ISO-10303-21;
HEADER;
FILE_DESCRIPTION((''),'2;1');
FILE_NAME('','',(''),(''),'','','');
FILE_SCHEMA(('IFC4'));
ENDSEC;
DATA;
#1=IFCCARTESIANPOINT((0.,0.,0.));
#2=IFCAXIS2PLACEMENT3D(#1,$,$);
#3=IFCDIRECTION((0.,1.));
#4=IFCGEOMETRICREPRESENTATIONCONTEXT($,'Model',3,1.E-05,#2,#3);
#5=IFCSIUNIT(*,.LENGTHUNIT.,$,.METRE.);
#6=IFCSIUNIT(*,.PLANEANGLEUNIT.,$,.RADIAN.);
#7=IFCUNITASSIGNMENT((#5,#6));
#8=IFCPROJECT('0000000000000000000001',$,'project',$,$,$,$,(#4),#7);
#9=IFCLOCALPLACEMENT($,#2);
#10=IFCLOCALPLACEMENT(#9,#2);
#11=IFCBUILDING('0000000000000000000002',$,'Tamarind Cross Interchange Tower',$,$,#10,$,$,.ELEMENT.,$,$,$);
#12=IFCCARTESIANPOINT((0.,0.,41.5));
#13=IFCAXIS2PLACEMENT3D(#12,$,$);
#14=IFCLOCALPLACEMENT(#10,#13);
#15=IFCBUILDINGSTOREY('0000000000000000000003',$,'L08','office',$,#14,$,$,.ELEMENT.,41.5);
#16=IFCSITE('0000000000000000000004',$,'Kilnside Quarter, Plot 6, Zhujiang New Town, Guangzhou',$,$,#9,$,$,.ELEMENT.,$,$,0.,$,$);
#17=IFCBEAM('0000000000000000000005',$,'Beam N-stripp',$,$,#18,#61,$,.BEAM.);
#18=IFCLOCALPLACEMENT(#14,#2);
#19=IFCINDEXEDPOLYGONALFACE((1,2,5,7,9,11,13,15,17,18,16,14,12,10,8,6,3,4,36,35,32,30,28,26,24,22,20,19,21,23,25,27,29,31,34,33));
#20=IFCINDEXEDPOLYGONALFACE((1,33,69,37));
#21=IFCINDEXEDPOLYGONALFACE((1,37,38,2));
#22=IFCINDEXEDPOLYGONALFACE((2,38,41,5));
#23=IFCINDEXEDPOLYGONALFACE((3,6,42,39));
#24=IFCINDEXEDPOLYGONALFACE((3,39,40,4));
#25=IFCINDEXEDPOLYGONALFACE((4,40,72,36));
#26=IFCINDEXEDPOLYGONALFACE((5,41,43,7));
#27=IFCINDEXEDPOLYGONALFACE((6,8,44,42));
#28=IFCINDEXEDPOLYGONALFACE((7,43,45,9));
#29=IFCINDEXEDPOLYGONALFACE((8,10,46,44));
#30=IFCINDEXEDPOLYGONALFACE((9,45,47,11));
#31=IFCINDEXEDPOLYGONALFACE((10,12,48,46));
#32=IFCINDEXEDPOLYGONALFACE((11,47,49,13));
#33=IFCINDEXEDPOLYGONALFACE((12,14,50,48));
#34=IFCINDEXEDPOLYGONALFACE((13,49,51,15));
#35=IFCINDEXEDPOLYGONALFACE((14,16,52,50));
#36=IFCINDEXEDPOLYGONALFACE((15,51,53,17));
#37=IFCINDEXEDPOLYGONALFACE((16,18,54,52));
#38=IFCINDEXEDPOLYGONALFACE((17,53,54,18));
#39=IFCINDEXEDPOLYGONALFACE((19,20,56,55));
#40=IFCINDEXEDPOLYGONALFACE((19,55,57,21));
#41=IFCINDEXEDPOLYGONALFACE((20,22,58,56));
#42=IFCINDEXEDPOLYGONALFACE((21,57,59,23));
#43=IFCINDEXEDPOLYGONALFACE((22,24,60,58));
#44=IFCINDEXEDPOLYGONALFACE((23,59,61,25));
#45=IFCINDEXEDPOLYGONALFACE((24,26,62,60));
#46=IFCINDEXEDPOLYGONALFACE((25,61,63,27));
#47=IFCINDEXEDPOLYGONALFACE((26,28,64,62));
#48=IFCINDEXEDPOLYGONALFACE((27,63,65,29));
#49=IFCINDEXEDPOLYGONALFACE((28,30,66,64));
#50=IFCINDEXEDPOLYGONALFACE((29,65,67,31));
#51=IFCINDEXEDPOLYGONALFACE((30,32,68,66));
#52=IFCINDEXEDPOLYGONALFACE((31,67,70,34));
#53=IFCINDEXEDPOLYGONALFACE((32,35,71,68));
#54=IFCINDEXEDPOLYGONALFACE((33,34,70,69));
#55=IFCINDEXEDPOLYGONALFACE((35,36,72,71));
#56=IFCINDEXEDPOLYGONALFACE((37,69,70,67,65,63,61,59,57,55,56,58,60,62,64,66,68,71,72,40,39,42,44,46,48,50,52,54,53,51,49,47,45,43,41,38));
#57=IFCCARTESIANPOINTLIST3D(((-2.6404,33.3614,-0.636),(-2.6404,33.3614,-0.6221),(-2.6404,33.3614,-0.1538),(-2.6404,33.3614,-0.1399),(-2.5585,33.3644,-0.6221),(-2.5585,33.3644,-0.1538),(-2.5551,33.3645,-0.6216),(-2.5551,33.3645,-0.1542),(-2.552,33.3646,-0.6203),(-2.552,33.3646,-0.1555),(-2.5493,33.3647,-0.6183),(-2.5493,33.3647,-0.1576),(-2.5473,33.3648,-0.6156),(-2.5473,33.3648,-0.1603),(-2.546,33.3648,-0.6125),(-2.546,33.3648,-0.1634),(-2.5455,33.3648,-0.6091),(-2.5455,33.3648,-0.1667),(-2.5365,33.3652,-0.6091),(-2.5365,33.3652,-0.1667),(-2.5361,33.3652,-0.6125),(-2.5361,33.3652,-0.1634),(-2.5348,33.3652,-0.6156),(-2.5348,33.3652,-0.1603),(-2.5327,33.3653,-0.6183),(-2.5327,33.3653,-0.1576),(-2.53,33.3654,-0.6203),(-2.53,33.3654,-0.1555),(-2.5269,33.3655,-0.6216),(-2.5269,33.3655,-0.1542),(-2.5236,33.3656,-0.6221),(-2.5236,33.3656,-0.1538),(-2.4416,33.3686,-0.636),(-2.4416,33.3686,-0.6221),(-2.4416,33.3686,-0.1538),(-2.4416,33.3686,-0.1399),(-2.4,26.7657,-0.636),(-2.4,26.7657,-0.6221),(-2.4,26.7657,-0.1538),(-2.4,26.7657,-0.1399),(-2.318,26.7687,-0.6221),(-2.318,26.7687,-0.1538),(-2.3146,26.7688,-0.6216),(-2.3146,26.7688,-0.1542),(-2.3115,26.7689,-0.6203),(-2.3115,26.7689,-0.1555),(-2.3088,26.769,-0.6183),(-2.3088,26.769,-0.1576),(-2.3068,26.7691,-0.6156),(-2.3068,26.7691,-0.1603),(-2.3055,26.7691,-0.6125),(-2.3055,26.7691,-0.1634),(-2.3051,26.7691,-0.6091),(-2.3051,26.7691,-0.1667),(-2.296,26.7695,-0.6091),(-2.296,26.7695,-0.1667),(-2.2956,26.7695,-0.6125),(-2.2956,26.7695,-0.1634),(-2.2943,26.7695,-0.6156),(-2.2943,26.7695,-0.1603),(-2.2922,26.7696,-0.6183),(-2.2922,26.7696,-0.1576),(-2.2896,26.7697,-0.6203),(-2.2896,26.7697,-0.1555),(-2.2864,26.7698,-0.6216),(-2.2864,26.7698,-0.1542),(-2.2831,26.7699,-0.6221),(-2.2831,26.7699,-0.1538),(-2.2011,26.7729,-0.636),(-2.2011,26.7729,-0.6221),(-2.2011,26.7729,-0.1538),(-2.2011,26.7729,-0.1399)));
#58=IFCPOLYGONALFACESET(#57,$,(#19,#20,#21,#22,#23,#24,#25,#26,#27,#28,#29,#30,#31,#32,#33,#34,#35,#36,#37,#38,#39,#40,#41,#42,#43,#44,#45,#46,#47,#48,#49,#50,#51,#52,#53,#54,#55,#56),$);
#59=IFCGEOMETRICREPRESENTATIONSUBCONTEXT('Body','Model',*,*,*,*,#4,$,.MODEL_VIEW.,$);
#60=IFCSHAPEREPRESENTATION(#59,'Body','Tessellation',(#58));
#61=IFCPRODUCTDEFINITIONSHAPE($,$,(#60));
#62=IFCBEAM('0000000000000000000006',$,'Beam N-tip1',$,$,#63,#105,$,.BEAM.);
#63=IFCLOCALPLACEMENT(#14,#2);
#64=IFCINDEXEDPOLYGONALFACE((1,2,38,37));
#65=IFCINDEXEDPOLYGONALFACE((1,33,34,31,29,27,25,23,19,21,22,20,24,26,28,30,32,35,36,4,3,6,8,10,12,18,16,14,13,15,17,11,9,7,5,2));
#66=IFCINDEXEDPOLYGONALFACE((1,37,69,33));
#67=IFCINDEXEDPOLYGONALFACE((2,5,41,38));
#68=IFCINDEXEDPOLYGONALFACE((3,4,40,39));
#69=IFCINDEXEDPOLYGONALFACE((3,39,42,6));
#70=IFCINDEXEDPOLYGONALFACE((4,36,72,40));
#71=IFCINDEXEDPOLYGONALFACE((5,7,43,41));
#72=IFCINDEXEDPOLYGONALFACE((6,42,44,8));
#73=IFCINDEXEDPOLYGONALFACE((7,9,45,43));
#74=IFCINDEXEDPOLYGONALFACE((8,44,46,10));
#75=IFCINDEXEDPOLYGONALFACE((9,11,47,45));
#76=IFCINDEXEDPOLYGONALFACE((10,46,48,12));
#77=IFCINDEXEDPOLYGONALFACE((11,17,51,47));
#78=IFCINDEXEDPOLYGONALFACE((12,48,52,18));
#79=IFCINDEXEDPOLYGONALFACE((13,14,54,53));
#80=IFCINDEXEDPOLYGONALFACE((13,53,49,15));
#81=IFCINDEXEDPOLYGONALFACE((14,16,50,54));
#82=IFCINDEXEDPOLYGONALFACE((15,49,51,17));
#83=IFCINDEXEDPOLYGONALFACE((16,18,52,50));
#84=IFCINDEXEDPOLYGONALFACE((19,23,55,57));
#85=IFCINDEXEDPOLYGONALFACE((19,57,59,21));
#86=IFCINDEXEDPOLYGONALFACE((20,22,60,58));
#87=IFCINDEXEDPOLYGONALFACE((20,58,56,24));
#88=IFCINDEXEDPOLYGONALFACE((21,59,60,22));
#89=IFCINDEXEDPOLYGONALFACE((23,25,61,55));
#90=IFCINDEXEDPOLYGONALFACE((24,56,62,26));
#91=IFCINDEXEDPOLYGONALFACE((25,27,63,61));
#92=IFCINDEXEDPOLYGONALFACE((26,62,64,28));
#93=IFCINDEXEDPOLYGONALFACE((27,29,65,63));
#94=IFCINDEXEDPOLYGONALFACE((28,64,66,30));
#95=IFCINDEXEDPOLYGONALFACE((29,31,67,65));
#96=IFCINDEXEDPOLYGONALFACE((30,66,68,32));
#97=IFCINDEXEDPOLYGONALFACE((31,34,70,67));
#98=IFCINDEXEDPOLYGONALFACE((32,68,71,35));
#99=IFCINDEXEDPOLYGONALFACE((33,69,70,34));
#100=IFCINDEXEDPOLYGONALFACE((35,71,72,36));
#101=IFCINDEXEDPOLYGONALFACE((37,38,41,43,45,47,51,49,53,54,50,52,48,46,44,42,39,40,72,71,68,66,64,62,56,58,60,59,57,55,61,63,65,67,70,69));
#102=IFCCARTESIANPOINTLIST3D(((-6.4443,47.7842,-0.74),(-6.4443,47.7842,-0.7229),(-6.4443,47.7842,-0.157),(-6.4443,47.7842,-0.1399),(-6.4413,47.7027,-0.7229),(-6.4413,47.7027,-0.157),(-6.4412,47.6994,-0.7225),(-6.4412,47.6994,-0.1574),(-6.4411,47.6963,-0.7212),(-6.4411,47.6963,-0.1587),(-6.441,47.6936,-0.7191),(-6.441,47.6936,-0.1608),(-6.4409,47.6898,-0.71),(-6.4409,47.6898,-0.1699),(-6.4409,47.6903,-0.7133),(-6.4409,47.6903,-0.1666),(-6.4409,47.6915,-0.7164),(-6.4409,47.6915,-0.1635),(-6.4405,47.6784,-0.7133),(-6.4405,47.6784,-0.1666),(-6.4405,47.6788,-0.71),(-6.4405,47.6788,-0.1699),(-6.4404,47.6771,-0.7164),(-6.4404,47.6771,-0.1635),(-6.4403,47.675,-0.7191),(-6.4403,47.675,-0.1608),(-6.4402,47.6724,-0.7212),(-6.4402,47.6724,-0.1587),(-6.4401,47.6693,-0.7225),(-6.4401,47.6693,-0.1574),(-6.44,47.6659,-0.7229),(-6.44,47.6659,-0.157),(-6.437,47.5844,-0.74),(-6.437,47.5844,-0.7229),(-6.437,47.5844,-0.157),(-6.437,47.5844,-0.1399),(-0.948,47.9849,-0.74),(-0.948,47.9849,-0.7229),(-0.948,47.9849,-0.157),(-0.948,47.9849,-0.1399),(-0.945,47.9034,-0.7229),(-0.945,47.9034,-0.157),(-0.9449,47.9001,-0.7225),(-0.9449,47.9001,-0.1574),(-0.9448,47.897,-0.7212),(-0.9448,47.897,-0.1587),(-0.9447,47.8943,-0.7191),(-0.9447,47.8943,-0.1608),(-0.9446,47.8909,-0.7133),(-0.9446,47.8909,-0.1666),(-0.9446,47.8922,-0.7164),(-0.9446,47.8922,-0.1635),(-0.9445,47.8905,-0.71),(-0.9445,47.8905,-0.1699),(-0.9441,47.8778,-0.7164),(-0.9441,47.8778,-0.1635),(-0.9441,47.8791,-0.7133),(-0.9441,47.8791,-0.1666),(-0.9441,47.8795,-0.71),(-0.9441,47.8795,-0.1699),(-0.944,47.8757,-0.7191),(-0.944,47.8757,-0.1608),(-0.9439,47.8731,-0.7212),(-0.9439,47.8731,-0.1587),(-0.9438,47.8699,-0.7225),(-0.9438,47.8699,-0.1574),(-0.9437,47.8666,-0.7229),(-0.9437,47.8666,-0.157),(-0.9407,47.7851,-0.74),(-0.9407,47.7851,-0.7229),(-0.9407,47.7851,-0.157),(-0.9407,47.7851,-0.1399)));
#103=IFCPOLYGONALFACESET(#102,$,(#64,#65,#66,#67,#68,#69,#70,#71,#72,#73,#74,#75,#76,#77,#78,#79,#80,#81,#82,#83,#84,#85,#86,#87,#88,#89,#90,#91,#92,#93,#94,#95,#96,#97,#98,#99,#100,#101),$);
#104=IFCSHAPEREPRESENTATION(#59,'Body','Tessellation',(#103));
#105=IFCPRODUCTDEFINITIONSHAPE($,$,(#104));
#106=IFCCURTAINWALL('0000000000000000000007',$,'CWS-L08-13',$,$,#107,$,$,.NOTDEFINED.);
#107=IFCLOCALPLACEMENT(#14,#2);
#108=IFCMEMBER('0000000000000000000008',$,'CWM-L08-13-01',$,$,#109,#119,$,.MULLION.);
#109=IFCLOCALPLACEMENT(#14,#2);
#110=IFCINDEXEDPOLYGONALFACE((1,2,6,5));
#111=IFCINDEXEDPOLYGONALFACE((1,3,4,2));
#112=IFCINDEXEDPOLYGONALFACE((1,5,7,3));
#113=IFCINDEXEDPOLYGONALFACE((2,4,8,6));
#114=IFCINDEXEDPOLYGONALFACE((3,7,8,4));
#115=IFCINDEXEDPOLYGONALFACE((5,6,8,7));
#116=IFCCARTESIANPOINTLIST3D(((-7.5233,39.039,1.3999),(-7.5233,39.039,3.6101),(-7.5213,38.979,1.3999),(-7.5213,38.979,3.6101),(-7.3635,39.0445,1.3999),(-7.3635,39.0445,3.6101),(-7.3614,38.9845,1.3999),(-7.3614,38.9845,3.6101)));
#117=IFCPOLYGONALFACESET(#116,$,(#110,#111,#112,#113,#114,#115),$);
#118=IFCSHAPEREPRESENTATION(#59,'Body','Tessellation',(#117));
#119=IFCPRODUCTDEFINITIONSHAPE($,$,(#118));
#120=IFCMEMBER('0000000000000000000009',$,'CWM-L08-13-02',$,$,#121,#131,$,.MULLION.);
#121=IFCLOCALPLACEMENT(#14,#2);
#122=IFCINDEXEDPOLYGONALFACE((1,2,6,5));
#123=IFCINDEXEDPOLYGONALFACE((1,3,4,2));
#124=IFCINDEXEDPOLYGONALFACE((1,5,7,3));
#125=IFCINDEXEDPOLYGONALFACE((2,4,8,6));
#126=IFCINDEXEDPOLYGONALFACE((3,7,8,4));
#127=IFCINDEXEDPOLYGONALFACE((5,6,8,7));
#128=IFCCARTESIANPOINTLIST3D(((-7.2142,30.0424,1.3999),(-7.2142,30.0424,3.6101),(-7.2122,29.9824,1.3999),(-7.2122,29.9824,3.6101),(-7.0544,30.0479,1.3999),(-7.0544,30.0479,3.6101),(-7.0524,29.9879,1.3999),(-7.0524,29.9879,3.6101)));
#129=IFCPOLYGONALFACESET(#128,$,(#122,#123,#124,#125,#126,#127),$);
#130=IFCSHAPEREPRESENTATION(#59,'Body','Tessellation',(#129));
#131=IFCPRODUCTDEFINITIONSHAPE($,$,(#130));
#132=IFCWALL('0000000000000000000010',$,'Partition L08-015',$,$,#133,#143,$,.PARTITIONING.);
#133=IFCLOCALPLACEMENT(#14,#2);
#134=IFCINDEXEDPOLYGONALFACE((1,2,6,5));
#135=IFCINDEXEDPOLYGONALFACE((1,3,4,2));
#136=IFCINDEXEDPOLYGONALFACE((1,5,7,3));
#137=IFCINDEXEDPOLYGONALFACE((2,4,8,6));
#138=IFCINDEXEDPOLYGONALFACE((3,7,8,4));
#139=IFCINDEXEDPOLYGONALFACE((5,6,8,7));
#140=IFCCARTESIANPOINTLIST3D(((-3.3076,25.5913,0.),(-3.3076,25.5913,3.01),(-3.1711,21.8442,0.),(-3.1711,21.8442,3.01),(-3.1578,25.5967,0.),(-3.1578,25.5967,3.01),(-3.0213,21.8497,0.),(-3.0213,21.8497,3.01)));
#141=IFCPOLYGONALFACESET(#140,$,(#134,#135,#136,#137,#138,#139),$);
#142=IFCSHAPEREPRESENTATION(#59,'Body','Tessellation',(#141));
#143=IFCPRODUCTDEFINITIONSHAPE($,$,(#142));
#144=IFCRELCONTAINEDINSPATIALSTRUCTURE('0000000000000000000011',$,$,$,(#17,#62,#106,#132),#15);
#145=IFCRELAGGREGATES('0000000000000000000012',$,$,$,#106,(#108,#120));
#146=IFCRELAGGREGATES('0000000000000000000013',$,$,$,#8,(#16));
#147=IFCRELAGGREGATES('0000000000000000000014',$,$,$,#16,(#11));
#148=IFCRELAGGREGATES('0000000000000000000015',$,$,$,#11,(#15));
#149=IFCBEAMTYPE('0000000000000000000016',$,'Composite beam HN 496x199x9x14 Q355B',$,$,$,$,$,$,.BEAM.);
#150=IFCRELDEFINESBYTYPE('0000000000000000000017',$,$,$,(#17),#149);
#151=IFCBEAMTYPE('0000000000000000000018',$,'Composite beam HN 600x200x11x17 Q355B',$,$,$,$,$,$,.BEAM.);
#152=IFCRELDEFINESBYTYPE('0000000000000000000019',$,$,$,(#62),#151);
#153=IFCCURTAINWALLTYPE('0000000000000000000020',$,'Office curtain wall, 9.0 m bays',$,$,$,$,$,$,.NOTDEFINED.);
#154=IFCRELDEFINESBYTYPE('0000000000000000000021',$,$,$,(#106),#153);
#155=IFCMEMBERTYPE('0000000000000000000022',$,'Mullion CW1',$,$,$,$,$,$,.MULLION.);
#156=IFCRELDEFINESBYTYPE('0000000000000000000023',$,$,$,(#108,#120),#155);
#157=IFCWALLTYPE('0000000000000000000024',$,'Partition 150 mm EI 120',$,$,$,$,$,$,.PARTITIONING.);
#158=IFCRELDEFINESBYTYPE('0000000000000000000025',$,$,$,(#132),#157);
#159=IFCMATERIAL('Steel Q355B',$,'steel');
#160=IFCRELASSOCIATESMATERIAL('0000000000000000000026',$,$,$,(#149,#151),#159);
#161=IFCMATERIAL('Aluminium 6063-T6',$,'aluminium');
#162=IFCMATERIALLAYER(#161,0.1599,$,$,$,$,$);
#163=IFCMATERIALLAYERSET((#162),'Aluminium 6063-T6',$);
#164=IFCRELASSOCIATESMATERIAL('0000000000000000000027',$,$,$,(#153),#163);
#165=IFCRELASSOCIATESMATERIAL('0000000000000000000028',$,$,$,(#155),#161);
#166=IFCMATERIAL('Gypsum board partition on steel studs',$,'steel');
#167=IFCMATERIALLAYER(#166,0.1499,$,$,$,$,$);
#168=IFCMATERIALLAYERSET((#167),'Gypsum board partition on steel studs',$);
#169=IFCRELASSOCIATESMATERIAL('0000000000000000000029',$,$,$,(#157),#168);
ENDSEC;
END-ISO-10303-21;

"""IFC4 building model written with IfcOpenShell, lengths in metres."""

from ifc_helpers import new_model, si_unit, direction, frame, frame_2d, origin, origin_2d, place, context, subcontext, project, spatial, rectangle, i_section, extrude, material, layer, layer_set, material_profile, profile_set, type_object, element, aggregate, save


model = new_model("IFC4")

# Units and contexts
model_context = context("Model", 3, precision=1e-05, world=origin(), true_north=direction((0.0, 1.0)))
body_context = subcontext(model_context, "Body", "Model", "MODEL_VIEW")
ifc_project = project(units=[si_unit("LENGTHUNIT", "METRE"), si_unit("PLANEANGLEUNIT", "RADIAN")], contexts=[model_context])

# Site, building, storey
site_placement = place(None, origin())
site = spatial("IfcSite", under=ifc_project, at=site_placement, Name="Kilnside Quarter, Plot 6, Zhujiang New Town, Guangzhou", CompositionType="ELEMENT", RefElevation=0.0)
building_placement = place(site_placement, origin())
building = spatial("IfcBuilding", under=site, at=building_placement, Name="Tamarind Cross Interchange Tower", CompositionType="ELEMENT")
storey_placement = place(building_placement, frame((0.0, 0.0, 41.5)))
storey = spatial("IfcBuildingStorey", under=building, at=storey_placement, Name="L08", Description="office", CompositionType="ELEMENT", Elevation=41.5)

# Beams
ifc_material_1 = material(Name="Steel Q355B", Category="steel")
ifc_material_profile_1 = material_profile(ifc_material_1, i_section(OverallWidth=0.199, OverallDepth=0.4961, WebThickness=0.009, FlangeThickness=0.0139, FilletRadius=0.0129, at=origin_2d()), Name="HN 496x199x9x14")
ifc_profile_set_1 = profile_set([ifc_material_profile_1], Name="Steel Q355B")
beam_type_1 = type_object("IfcBeamType", Name="Composite beam HN 496x199x9x14 Q355B", PredefinedType="BEAM", material=ifc_profile_set_1)
beam_1_placement = place(storey_placement, frame((-2.3005, 26.7693, -0.3879), z_axis=(-0.036436, 0.999336, 0.0), x_axis=(-0.999336, -0.036436, 0.0)))
element("IfcBeam", 1, at=beam_1_placement, inside=storey, type_object=beam_type_1, Name="Beam N-stripp", PredefinedType="BEAM", context=body_context, shape_type="SweptSolid", body=[
    extrude(i_section(OverallWidth=0.199, OverallDepth=0.4961, WebThickness=0.009, FlangeThickness=0.0139, FilletRadius=0.0129, at=origin_2d()), origin(), (0.0, 0.0, 1.0), 6.6001),
])
ifc_material_profile_2 = material_profile(ifc_material_1, i_section(OverallWidth=0.2, OverallDepth=0.6001, WebThickness=0.011, FlangeThickness=0.0171, FilletRadius=0.0129, at=origin_2d()), Name="HN 600x200x11x17")
ifc_profile_set_2 = profile_set([ifc_material_profile_2], Name="Steel Q355B")
beam_type_2 = type_object("IfcBeamType", Name="Composite beam HN 600x200x11x17 Q355B", PredefinedType="BEAM", material=ifc_profile_set_2)
beam_2_placement = place(storey_placement, frame((-0.9443, 47.885, -0.4399), z_axis=(-0.999334, -0.036488, 0.0), x_axis=(0.036488, -0.999334, 0.0)))
element("IfcBeam", 2, at=beam_2_placement, inside=storey, type_object=beam_type_2, Name="Beam N-tip1", PredefinedType="BEAM", context=body_context, shape_type="SweptSolid", body=[
    extrude(i_section(OverallWidth=0.2, OverallDepth=0.6001, WebThickness=0.011, FlangeThickness=0.0171, FilletRadius=0.0129, at=origin_2d()), origin(), (0.0, 0.0, 1.0), 5.5),
])

# Curtain wall, members
ifc_material_2 = material(Name="Aluminium 6063-T6", Category="aluminium")
ifc_layer_1 = layer(ifc_material_2, 0.1599)
ifc_layer_set_1 = layer_set([ifc_layer_1], Name="Aluminium 6063-T6")
curtain_wall_type = type_object("IfcCurtainWallType", Name="Office curtain wall, 9.0 m bays", PredefinedType="NOTDEFINED", material=ifc_layer_set_1)
curtain_wall_placement = place(storey_placement, origin())
curtain_wall = element("IfcCurtainWall", 3, at=curtain_wall_placement, inside=storey, type_object=curtain_wall_type, Name="CWS-L08-13", PredefinedType="NOTDEFINED")
ifc_material_profile_3 = material_profile(ifc_material_2, rectangle(XDim=0.0601, YDim=0.1599, at=origin_2d()), Name="Mullion CW1")
ifc_profile_set_3 = profile_set([ifc_material_profile_3], Name="Aluminium 6063-T6")
member_type = type_object("IfcMemberType", Name="Mullion CW1", PredefinedType="MULLION", material=ifc_profile_set_3)
member_1_placement = place(storey_placement, frame((-7.4424, 39.0117, 1.3999), z_axis=(0.0, 0.0, 1.0), x_axis=(0.034343, -0.99941, 0.0)))
member_1 = element("IfcMember", 4, at=member_1_placement, type_object=member_type, Name="CWM-L08-13-01", PredefinedType="MULLION", context=body_context, shape_type="SweptSolid", body=[
    extrude(rectangle(XDim=0.0601, YDim=0.1599, at=origin_2d()), origin(), (0.0, 0.0, 1.0), 2.2102),
])
member_2_placement = place(storey_placement, frame((-7.1333, 30.0151, 1.3999), z_axis=(0.0, 0.0, 1.0), x_axis=(0.034343, -0.99941, 0.0)))
member_2 = element("IfcMember", 5, at=member_2_placement, type_object=member_type, Name="CWM-L08-13-02", PredefinedType="MULLION", context=body_context, shape_type="SweptSolid", body=[
    extrude(rectangle(XDim=0.0601, YDim=0.1599, at=origin_2d()), origin(), (0.0, 0.0, 1.0), 2.2102),
])
aggregate(curtain_wall, [member_1, member_2])

# Wall
ifc_material_3 = material(Name="Gypsum board partition on steel studs", Category="steel")
ifc_layer_2 = layer(ifc_material_3, 0.1499)
ifc_layer_set_2 = layer_set([ifc_layer_2], Name="Gypsum board partition on steel studs")
wall_type_1 = type_object("IfcWallType", Name="Partition 150 mm EI 120", PredefinedType="PARTITIONING", material=ifc_layer_set_2)
wall_1_placement = place(storey_placement, frame((-3.2327, 25.594, 0.0), z_axis=(0.0, 0.0, 1.0), x_axis=(0.036398, -0.999337, 0.0)))
element("IfcWall", 6, at=wall_1_placement, inside=storey, type_object=wall_type_1, Name="Partition L08-015", PredefinedType="PARTITIONING", context=body_context, shape_type="SweptSolid", body=[
    extrude(rectangle(XDim=3.7495, YDim=0.1499, at=frame_2d((1.8748, 0.0))), origin(), (0.0, 0.0, 1.0), 3.01),
])

save(model, "model.ifc")
